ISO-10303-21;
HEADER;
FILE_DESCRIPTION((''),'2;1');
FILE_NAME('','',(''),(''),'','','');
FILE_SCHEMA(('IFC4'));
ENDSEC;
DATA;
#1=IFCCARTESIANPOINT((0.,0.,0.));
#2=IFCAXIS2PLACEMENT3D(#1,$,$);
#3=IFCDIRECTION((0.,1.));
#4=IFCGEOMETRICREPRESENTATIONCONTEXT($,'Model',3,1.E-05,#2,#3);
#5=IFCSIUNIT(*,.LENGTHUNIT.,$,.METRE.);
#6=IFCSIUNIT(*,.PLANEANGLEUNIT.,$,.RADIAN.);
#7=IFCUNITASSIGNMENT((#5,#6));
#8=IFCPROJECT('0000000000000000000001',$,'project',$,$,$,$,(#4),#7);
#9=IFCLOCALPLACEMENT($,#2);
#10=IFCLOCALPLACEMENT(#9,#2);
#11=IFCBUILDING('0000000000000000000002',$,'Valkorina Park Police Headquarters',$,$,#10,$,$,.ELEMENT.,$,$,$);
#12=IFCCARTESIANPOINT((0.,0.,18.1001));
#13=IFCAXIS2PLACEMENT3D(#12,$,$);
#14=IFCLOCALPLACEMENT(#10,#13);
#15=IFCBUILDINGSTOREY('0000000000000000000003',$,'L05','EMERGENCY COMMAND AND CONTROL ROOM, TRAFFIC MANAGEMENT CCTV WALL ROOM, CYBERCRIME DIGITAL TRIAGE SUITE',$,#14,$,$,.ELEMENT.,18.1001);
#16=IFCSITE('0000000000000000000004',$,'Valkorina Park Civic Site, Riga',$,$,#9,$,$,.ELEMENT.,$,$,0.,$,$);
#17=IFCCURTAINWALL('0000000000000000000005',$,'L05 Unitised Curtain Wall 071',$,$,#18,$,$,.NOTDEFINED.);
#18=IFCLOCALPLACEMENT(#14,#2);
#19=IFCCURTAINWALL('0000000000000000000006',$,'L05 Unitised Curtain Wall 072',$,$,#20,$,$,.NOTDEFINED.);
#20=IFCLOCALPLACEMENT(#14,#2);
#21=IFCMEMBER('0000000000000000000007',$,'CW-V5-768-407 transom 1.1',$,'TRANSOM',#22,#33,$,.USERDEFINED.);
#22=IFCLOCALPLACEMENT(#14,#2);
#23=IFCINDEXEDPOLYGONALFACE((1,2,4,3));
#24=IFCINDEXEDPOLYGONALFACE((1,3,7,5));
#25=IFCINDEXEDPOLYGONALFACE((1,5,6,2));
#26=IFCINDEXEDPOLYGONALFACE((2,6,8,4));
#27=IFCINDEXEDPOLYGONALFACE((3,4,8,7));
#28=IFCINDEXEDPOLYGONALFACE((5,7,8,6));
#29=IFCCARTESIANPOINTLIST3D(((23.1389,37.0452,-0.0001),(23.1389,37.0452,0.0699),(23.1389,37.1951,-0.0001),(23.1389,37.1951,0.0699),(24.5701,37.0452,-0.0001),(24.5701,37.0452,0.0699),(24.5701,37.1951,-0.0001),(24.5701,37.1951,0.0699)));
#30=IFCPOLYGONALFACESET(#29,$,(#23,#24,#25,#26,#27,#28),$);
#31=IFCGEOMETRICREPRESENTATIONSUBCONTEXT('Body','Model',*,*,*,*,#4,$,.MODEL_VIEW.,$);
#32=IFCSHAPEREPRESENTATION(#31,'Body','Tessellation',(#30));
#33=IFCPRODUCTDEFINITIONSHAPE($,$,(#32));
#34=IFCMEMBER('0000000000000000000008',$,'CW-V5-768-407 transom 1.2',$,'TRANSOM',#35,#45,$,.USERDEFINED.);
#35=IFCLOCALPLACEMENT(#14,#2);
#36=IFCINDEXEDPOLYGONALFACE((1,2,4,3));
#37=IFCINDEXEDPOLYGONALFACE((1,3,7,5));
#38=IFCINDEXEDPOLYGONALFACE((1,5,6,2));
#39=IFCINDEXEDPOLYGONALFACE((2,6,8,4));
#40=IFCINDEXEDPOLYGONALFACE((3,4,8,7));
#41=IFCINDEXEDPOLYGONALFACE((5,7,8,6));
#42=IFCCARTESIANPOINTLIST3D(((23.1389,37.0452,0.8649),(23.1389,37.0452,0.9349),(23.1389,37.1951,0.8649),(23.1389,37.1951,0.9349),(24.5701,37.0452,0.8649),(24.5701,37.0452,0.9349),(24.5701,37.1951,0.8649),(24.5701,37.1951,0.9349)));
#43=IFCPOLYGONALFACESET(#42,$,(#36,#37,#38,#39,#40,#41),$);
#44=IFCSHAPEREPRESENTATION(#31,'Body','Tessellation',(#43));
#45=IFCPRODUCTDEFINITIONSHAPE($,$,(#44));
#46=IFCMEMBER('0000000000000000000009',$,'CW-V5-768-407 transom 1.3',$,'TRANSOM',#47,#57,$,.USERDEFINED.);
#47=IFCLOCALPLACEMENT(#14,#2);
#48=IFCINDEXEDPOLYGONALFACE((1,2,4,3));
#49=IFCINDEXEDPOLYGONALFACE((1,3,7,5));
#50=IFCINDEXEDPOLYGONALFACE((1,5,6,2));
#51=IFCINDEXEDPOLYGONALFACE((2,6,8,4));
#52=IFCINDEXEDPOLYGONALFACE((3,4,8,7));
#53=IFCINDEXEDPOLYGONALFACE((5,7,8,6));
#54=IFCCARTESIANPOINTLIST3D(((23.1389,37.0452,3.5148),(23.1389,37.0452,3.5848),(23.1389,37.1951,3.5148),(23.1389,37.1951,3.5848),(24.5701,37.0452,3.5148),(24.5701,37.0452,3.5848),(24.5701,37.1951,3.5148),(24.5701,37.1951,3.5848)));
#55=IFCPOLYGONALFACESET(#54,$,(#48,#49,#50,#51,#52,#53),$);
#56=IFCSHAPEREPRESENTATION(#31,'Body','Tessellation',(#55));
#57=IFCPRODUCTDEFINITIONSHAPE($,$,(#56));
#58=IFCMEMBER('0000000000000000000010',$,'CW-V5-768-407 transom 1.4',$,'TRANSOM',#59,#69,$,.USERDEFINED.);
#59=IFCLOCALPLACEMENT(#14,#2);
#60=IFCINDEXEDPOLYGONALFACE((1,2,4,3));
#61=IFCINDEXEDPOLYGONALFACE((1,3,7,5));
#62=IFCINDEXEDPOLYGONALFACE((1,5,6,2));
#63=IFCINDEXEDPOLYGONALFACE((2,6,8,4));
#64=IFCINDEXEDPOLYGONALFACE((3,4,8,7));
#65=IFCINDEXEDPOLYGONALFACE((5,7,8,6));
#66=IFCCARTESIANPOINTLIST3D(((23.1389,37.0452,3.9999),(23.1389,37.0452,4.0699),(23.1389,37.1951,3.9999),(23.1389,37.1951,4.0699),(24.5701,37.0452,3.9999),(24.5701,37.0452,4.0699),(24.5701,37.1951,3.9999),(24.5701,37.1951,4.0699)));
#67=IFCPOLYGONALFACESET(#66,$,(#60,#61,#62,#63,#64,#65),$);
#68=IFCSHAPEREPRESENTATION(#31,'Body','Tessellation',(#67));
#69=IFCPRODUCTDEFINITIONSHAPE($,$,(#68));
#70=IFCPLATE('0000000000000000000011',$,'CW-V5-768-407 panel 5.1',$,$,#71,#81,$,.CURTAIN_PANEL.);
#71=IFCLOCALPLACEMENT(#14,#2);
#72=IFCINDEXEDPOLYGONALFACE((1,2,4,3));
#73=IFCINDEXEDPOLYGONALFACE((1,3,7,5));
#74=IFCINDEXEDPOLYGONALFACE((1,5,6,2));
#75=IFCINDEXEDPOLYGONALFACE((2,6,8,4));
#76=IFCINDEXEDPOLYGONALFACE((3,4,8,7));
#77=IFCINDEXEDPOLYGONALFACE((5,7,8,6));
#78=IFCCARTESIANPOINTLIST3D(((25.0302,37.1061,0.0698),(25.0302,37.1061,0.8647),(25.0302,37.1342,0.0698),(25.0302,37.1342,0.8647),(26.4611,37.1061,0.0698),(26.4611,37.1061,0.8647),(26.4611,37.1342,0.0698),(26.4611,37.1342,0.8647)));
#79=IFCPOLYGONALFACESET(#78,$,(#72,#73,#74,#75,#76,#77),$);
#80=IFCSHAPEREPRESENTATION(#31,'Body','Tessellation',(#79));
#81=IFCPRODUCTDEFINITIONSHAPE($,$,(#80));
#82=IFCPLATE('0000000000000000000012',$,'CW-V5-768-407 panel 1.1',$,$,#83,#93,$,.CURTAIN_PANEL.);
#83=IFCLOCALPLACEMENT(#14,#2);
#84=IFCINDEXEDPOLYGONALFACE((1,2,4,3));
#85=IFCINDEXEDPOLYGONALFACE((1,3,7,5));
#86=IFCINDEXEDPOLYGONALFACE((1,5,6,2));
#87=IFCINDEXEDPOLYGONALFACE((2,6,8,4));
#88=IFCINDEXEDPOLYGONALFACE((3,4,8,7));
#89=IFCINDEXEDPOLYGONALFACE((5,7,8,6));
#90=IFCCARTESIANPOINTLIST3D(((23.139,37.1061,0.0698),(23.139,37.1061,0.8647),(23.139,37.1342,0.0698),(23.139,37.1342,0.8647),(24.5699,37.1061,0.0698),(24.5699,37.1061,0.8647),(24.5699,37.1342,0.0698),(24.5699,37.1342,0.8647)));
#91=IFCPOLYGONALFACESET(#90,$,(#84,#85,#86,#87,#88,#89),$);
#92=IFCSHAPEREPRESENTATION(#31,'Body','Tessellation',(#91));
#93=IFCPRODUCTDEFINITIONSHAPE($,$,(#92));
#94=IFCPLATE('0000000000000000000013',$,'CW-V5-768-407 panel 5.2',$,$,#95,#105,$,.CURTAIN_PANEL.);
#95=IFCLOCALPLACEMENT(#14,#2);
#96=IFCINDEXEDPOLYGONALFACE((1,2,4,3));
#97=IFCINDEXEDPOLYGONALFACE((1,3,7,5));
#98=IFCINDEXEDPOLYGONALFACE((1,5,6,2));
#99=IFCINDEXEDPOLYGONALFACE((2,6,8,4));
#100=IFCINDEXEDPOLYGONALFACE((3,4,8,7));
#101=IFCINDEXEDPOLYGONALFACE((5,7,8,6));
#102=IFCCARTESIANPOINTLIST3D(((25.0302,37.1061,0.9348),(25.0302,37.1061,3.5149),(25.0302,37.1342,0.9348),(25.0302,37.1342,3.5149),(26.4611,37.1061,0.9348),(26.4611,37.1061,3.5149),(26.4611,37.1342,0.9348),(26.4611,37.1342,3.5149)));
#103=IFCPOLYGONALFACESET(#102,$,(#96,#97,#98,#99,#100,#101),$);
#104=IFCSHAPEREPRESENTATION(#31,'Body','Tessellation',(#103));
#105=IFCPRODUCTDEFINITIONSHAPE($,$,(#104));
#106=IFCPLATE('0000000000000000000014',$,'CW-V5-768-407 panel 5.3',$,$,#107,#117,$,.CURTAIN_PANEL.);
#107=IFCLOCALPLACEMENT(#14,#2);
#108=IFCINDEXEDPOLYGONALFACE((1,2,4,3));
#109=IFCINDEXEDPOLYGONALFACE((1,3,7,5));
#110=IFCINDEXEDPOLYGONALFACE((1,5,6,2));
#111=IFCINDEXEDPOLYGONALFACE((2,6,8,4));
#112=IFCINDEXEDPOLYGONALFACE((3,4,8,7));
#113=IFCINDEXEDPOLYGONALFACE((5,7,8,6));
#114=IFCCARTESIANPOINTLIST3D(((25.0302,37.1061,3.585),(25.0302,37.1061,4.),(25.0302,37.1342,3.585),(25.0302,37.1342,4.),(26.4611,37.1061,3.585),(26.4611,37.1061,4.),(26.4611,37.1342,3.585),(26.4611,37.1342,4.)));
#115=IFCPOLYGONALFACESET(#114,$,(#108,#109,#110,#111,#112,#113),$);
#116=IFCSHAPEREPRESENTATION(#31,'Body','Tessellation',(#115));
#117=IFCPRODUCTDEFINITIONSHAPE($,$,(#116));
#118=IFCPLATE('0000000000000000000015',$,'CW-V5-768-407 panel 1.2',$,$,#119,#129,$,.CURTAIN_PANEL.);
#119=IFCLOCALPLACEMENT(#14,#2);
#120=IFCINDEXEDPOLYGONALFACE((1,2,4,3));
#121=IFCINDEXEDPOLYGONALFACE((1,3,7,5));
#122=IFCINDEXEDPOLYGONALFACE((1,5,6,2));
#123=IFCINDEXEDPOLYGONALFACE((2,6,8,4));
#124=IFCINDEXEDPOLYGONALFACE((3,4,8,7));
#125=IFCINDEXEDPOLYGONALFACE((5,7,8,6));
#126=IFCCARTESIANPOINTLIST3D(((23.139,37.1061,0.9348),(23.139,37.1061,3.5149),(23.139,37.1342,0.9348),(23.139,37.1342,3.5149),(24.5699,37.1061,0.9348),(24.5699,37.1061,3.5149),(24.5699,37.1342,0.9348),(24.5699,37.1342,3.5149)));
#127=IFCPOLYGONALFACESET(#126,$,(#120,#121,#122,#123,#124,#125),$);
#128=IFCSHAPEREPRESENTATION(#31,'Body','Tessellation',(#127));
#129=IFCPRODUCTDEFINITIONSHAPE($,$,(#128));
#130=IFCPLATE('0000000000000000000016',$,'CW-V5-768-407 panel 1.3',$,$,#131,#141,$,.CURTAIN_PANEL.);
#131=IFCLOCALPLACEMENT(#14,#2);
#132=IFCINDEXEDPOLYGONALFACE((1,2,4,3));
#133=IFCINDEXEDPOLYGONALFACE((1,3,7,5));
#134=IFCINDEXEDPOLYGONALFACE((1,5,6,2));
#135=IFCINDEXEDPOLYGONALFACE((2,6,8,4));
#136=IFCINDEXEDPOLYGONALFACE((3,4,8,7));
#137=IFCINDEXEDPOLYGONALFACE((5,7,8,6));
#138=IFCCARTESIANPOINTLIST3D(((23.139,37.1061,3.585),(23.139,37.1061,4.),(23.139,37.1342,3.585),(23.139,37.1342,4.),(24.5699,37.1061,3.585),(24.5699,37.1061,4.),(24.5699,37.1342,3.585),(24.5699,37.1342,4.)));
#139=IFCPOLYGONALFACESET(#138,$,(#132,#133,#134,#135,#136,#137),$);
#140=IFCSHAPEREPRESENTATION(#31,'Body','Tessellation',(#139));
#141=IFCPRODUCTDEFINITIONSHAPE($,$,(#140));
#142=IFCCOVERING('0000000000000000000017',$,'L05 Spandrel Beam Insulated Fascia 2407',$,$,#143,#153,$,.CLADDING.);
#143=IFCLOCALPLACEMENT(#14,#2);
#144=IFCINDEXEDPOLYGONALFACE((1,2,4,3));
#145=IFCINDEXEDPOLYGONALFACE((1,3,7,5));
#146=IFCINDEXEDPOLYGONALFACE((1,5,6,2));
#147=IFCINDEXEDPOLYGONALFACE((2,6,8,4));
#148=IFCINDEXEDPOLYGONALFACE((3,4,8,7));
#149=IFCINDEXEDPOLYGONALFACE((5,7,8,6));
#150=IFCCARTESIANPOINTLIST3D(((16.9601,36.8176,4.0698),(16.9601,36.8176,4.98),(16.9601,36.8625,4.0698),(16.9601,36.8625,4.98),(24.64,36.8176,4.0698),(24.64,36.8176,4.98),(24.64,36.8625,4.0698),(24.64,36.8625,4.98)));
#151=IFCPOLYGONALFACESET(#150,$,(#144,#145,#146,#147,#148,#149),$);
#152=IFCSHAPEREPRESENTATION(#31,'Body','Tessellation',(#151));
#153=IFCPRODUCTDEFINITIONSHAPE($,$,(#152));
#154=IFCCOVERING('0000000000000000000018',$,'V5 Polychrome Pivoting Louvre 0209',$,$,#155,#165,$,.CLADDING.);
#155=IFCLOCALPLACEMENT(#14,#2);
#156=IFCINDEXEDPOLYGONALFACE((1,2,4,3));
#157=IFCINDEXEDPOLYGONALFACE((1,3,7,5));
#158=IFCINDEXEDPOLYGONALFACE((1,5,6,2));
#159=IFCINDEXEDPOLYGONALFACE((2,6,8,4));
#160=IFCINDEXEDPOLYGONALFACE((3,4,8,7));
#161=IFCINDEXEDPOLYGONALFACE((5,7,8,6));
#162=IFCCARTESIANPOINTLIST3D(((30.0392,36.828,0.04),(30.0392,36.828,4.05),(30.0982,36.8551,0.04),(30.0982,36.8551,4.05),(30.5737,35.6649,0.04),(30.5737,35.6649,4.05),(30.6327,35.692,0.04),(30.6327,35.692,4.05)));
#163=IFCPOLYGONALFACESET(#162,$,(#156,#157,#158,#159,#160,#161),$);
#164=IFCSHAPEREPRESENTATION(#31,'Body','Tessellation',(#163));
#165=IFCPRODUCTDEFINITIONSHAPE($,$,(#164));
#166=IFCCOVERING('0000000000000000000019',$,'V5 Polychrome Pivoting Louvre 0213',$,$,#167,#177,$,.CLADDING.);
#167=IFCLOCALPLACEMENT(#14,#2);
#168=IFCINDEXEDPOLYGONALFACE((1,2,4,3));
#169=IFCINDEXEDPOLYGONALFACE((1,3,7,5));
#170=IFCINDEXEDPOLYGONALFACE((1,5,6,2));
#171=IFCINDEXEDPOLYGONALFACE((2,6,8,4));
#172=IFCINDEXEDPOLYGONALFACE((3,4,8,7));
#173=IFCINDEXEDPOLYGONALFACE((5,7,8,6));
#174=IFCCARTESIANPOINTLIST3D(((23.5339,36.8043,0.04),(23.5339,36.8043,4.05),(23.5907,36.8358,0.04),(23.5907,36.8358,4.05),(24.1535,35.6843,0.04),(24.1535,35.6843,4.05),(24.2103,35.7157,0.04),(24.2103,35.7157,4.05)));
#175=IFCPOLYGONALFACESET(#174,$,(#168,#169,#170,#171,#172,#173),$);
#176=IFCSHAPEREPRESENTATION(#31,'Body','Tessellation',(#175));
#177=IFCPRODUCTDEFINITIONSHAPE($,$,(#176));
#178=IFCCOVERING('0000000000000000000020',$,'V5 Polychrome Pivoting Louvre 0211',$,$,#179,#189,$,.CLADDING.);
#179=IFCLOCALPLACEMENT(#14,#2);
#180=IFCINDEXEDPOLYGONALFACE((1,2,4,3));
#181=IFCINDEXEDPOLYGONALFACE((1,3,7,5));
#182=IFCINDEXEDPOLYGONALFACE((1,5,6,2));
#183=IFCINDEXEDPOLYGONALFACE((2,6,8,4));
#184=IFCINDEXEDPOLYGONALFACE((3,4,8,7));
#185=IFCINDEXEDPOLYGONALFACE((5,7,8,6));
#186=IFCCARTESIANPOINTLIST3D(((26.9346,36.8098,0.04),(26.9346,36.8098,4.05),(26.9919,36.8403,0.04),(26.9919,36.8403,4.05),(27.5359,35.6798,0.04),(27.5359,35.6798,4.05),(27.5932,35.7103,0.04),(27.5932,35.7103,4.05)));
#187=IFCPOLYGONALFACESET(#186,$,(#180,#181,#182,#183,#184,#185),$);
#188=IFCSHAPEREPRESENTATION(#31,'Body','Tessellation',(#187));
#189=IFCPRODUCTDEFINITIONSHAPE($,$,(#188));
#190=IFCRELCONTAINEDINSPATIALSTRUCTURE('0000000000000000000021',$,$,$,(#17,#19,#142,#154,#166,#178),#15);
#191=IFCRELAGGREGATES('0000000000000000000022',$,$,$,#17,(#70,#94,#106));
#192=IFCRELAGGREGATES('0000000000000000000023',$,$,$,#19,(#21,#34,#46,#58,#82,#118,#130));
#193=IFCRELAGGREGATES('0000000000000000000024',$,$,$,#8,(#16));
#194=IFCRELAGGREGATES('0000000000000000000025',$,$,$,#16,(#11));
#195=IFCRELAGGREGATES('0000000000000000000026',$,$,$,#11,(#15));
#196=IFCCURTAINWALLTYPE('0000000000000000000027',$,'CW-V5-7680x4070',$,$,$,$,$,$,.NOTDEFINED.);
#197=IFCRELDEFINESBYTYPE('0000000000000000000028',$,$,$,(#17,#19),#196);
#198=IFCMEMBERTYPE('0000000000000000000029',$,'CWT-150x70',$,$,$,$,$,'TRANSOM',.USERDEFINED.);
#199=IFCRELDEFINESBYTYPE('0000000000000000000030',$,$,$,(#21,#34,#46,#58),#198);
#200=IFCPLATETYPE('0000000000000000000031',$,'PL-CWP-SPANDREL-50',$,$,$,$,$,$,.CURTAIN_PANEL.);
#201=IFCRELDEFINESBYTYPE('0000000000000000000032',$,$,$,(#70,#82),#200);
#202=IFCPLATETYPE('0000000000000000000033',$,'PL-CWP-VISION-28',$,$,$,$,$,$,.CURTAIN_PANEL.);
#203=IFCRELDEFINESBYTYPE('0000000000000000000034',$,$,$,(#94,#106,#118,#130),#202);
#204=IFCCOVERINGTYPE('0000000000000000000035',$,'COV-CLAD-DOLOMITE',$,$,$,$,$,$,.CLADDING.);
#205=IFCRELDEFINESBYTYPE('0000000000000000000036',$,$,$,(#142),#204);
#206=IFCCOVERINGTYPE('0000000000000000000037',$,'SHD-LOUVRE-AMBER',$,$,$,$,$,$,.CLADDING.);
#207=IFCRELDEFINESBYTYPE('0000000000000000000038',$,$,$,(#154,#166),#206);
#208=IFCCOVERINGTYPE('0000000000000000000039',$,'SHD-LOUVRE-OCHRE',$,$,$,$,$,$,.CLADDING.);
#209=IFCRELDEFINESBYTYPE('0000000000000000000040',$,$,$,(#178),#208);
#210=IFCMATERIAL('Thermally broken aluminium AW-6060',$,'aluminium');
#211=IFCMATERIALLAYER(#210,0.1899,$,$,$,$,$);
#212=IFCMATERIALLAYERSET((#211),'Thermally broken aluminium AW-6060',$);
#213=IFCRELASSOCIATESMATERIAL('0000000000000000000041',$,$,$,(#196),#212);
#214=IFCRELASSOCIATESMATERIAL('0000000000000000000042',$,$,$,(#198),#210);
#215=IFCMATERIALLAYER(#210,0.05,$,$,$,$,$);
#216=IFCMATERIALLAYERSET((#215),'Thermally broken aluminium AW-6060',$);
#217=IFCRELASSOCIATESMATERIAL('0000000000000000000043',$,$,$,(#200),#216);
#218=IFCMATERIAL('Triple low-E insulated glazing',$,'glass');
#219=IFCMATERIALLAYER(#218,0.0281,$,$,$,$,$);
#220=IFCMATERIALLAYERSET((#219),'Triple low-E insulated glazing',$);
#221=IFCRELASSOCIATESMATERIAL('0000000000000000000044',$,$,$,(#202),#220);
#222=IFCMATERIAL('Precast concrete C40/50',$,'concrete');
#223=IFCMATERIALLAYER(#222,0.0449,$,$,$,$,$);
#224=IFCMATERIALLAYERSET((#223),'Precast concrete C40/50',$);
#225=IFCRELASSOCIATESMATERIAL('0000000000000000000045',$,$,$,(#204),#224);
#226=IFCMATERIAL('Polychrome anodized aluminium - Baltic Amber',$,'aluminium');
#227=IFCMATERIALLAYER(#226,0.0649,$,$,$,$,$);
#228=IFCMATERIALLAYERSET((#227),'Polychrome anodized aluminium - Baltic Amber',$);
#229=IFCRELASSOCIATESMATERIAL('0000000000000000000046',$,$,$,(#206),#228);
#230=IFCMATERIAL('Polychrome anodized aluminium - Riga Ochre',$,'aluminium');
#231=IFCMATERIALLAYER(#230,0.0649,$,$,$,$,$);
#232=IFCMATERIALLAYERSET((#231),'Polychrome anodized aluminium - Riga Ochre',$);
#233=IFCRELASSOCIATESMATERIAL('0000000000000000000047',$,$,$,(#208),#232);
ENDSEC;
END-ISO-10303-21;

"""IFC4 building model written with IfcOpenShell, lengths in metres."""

from ifc_helpers import new_model, si_unit, direction, frame, frame_2d, origin, origin_2d, place, context, subcontext, project, spatial, rectangle, extrude, material, layer, layer_set, material_profile, profile_set, type_object, element, aggregate, save


model = new_model("IFC4")

# Units and contexts
model_context = context("Model", 3, precision=1e-05, world=origin(), true_north=direction((0.0, 1.0)))
body_context = subcontext(model_context, "Body", "Model", "MODEL_VIEW")
ifc_project = project(units=[si_unit("LENGTHUNIT", "METRE"), si_unit("PLANEANGLEUNIT", "RADIAN")], contexts=[model_context])

# Site, building, storey
site_placement = place(None, origin())
site = spatial("IfcSite", under=ifc_project, at=site_placement, Name="Valkorina Park Civic Site, Riga", CompositionType="ELEMENT", RefElevation=0.0)
building_placement = place(site_placement, origin())
building = spatial("IfcBuilding", under=site, at=building_placement, Name="Valkorina Park Police Headquarters", CompositionType="ELEMENT")
storey_placement = place(building_placement, frame((0.0, 0.0, 18.1001)))
storey = spatial("IfcBuildingStorey", under=building, at=storey_placement, Name="L05", Description="EMERGENCY COMMAND AND CONTROL ROOM, TRAFFIC MANAGEMENT CCTV WALL ROOM, CYBERCRIME DIGITAL TRIAGE SUITE", CompositionType="ELEMENT", Elevation=18.1001)

# Curtain wall
ifc_material_1 = material(Name="Thermally broken aluminium AW-6060", Category="aluminium")
ifc_layer_1 = layer(ifc_material_1, 0.1899)
ifc_layer_set_1 = layer_set([ifc_layer_1], Name="Thermally broken aluminium AW-6060")
curtain_wall_type = type_object("IfcCurtainWallType", Name="CW-V5-7680x4070", PredefinedType="NOTDEFINED", material=ifc_layer_set_1)
curtain_wall_1_placement = place(storey_placement, origin())
curtain_wall_1 = element("IfcCurtainWall", 1, at=curtain_wall_1_placement, inside=storey, type_object=curtain_wall_type, Name="L05 Unitised Curtain Wall 071", PredefinedType="NOTDEFINED")

# Curtain wall
curtain_wall_2_placement = place(storey_placement, origin())
curtain_wall_2 = element("IfcCurtainWall", 2, at=curtain_wall_2_placement, inside=storey, type_object=curtain_wall_type, Name="L05 Unitised Curtain Wall 072", PredefinedType="NOTDEFINED")

# Members
ifc_material_profile_1 = material_profile(ifc_material_1, rectangle(XDim=0.1499, YDim=0.0701, at=origin_2d()), Name="CWT-02 150x70")
ifc_profile_set_1 = profile_set([ifc_material_profile_1], Name="Thermally broken aluminium AW-6060")
member_type_1 = type_object("IfcMemberType", Name="CWT-150x70", ElementType="TRANSOM", PredefinedType="USERDEFINED", material=ifc_profile_set_1)
member_1_placement = place(storey_placement, frame((24.5701, 37.1201, 0.0349), z_axis=(-1.0, 0.0, 0.0), x_axis=(0.0, -1.0, 0.0)))
member_1 = element("IfcMember", 3, at=member_1_placement, type_object=member_type_1, Name="CW-V5-768-407 transom 1.1", ObjectType="TRANSOM", PredefinedType="USERDEFINED", context=body_context, shape_type="SweptSolid", body=[
    extrude(rectangle(XDim=0.1499, YDim=0.0701, at=origin_2d()), origin(), (0.0, 0.0, 1.0), 1.4312),
])
member_2_placement = place(storey_placement, frame((24.5701, 37.1201, 0.8999), z_axis=(-1.0, 0.0, 0.0), x_axis=(0.0, -1.0, 0.0)))
member_2 = element("IfcMember", 4, at=member_2_placement, type_object=member_type_1, Name="CW-V5-768-407 transom 1.2", ObjectType="TRANSOM", PredefinedType="USERDEFINED", context=body_context, shape_type="SweptSolid", body=[
    extrude(rectangle(XDim=0.1499, YDim=0.0701, at=origin_2d()), origin(), (0.0, 0.0, 1.0), 1.4312),
])
member_3_placement = place(storey_placement, frame((24.5701, 37.1201, 3.5498), z_axis=(-1.0, 0.0, 0.0), x_axis=(0.0, -1.0, 0.0)))
member_3 = element("IfcMember", 5, at=member_3_placement, type_object=member_type_1, Name="CW-V5-768-407 transom 1.3", ObjectType="TRANSOM", PredefinedType="USERDEFINED", context=body_context, shape_type="SweptSolid", body=[
    extrude(rectangle(XDim=0.1499, YDim=0.0701, at=origin_2d()), origin(), (0.0, 0.0, 1.0), 1.4312),
])
member_4_placement = place(storey_placement, frame((24.5701, 37.1201, 4.0349), z_axis=(-1.0, 0.0, 0.0), x_axis=(0.0, -1.0, 0.0)))
member_4 = element("IfcMember", 6, at=member_4_placement, type_object=member_type_1, Name="CW-V5-768-407 transom 1.4", ObjectType="TRANSOM", PredefinedType="USERDEFINED", context=body_context, shape_type="SweptSolid", body=[
    extrude(rectangle(XDim=0.1499, YDim=0.0701, at=origin_2d()), origin(), (0.0, 0.0, 1.0), 1.4312),
])

# Plates
ifc_layer_2 = layer(ifc_material_1, 0.05)
ifc_layer_set_2 = layer_set([ifc_layer_2], Name="Thermally broken aluminium AW-6060")
plate_type_1 = type_object("IfcPlateType", Name="PL-CWP-SPANDREL-50", PredefinedType="CURTAIN_PANEL", material=ifc_layer_set_2)
plate_1_placement = place(storey_placement, frame((25.7456, 37.1201, 0.0698), z_axis=(0.0, 0.0, 1.0), x_axis=(-1.0, 0.0, 0.0)))
plate_1 = element("IfcPlate", 7, at=plate_1_placement, type_object=plate_type_1, Name="CW-V5-768-407 panel 5.1", PredefinedType="CURTAIN_PANEL", context=body_context, shape_type="SweptSolid", body=[
    extrude(rectangle(XDim=1.4309, YDim=0.0281, at=origin_2d()), origin(), (0.0, 0.0, 1.0), 0.7949),
])
plate_2_placement = place(storey_placement, frame((23.8545, 37.1201, 0.0698), z_axis=(0.0, 0.0, 1.0), x_axis=(-1.0, 0.0, 0.0)))
plate_2 = element("IfcPlate", 8, at=plate_2_placement, type_object=plate_type_1, Name="CW-V5-768-407 panel 1.1", PredefinedType="CURTAIN_PANEL", context=body_context, shape_type="SweptSolid", body=[
    extrude(rectangle(XDim=1.4309, YDim=0.0281, at=origin_2d()), origin(), (0.0, 0.0, 1.0), 0.7949),
])
ifc_material_2 = material(Name="Triple low-E insulated glazing", Category="glass")
ifc_layer_3 = layer(ifc_material_2, 0.0281)
ifc_layer_set_3 = layer_set([ifc_layer_3], Name="Triple low-E insulated glazing")
plate_type_2 = type_object("IfcPlateType", Name="PL-CWP-VISION-28", PredefinedType="CURTAIN_PANEL", material=ifc_layer_set_3)
plate_3_placement = place(storey_placement, frame((25.7456, 37.1201, 0.9348), z_axis=(0.0, 0.0, 1.0), x_axis=(-1.0, 0.0, 0.0)))
plate_3 = element("IfcPlate", 9, at=plate_3_placement, type_object=plate_type_2, Name="CW-V5-768-407 panel 5.2", PredefinedType="CURTAIN_PANEL", context=body_context, shape_type="SweptSolid", body=[
    extrude(rectangle(XDim=1.4309, YDim=0.0281, at=origin_2d()), origin(), (0.0, 0.0, 1.0), 2.5801),
])
plate_4_placement = place(storey_placement, frame((25.7456, 37.1201, 3.585), z_axis=(0.0, 0.0, 1.0), x_axis=(-1.0, 0.0, 0.0)))
plate_4 = element("IfcPlate", 10, at=plate_4_placement, type_object=plate_type_2, Name="CW-V5-768-407 panel 5.3", PredefinedType="CURTAIN_PANEL", context=body_context, shape_type="SweptSolid", body=[
    extrude(rectangle(XDim=1.4309, YDim=0.0281, at=origin_2d()), origin(), (0.0, 0.0, 1.0), 0.415),
])
aggregate(curtain_wall_1, [plate_1, plate_3, plate_4])
plate_5_placement = place(storey_placement, frame((23.8545, 37.1201, 0.9348), z_axis=(0.0, 0.0, 1.0), x_axis=(-1.0, 0.0, 0.0)))
plate_5 = element("IfcPlate", 11, at=plate_5_placement, type_object=plate_type_2, Name="CW-V5-768-407 panel 1.2", PredefinedType="CURTAIN_PANEL", context=body_context, shape_type="SweptSolid", body=[
    extrude(rectangle(XDim=1.4309, YDim=0.0281, at=origin_2d()), origin(), (0.0, 0.0, 1.0), 2.5801),
])
plate_6_placement = place(storey_placement, frame((23.8545, 37.1201, 3.585), z_axis=(0.0, 0.0, 1.0), x_axis=(-1.0, 0.0, 0.0)))
plate_6 = element("IfcPlate", 12, at=plate_6_placement, type_object=plate_type_2, Name="CW-V5-768-407 panel 1.3", PredefinedType="CURTAIN_PANEL", context=body_context, shape_type="SweptSolid", body=[
    extrude(rectangle(XDim=1.4309, YDim=0.0281, at=origin_2d()), origin(), (0.0, 0.0, 1.0), 0.415),
])
aggregate(curtain_wall_2, [member_1, member_2, member_3, member_4, plate_2, plate_5, plate_6])

# Coverings
ifc_material_3 = material(Name="Precast concrete C40/50", Category="concrete")
ifc_layer_4 = layer(ifc_material_3, 0.0449)
ifc_layer_set_4 = layer_set([ifc_layer_4], Name="Precast concrete C40/50")
covering_type_1 = type_object("IfcCoveringType", Name="COV-CLAD-DOLOMITE", PredefinedType="CLADDING", material=ifc_layer_set_4)
covering_1_placement = place(storey_placement, frame((24.6399, 36.8401, 4.0698), z_axis=(0.0, 0.0, 1.0), x_axis=(-1.0, 0.0, 0.0)))
element("IfcCovering", 13, at=covering_1_placement, inside=storey, type_object=covering_type_1, Name="L05 Spandrel Beam Insulated Fascia 2407", PredefinedType="CLADDING", context=body_context, shape_type="SweptSolid", body=[
    extrude(rectangle(XDim=7.6799, YDim=0.0449, at=frame_2d((3.8398, 0.0))), origin(), (0.0, 0.0, 1.0), 0.9102),
])
ifc_material_4 = material(Name="Polychrome anodized aluminium - Baltic Amber", Category="aluminium")
ifc_layer_5 = layer(ifc_material_4, 0.0649)
ifc_layer_set_5 = layer_set([ifc_layer_5], Name="Polychrome anodized aluminium - Baltic Amber")
covering_type_2 = type_object("IfcCoveringType", Name="SHD-LOUVRE-AMBER", PredefinedType="CLADDING", material=ifc_layer_set_5)
for number, where, z_axis, x_axis, name in (
    (14, (30.3359, 36.26, 0.04), (0.0, 0.0, 1.0), (0.41755, -0.908654, 0.0), "V5 Polychrome Pivoting Louvre 0209"),
    (15, (23.8721, 36.26, 0.04), (0.0, 0.0, 1.0), (0.484046, -0.875042, 0.0), "V5 Polychrome Pivoting Louvre 0213"),
):
    element("IfcCovering", number, at=place(storey_placement, frame(where, z_axis=z_axis, x_axis=x_axis)), inside=storey, type_object=covering_type_2, Name=name, PredefinedType="CLADDING", context=body_context, shape_type="SweptSolid", body=[
        extrude(rectangle(XDim=1.28, YDim=0.0649, at=origin_2d()), origin(), (0.0, 0.0, 1.0), 4.01),
    ])
ifc_material_5 = material(Name="Polychrome anodized aluminium - Riga Ochre", Category="aluminium")
ifc_layer_6 = layer(ifc_material_5, 0.0649)
ifc_layer_set_6 = layer_set([ifc_layer_6], Name="Polychrome anodized aluminium - Riga Ochre")
covering_type_3 = type_object("IfcCoveringType", Name="SHD-LOUVRE-OCHRE", PredefinedType="CLADDING", material=ifc_layer_set_6)
covering_2_placement = place(storey_placement, frame((27.2639, 36.26, 0.04), z_axis=(0.0, 0.0, 1.0), x_axis=(0.46978, -0.882784, 0.0)))
element("IfcCovering", 16, at=covering_2_placement, inside=storey, type_object=covering_type_3, Name="V5 Polychrome Pivoting Louvre 0211", PredefinedType="CLADDING", context=body_context, shape_type="SweptSolid", body=[
    extrude(rectangle(XDim=1.28, YDim=0.0649, at=origin_2d()), origin(), (0.0, 0.0, 1.0), 4.01),
])

save(model, "model.ifc")
